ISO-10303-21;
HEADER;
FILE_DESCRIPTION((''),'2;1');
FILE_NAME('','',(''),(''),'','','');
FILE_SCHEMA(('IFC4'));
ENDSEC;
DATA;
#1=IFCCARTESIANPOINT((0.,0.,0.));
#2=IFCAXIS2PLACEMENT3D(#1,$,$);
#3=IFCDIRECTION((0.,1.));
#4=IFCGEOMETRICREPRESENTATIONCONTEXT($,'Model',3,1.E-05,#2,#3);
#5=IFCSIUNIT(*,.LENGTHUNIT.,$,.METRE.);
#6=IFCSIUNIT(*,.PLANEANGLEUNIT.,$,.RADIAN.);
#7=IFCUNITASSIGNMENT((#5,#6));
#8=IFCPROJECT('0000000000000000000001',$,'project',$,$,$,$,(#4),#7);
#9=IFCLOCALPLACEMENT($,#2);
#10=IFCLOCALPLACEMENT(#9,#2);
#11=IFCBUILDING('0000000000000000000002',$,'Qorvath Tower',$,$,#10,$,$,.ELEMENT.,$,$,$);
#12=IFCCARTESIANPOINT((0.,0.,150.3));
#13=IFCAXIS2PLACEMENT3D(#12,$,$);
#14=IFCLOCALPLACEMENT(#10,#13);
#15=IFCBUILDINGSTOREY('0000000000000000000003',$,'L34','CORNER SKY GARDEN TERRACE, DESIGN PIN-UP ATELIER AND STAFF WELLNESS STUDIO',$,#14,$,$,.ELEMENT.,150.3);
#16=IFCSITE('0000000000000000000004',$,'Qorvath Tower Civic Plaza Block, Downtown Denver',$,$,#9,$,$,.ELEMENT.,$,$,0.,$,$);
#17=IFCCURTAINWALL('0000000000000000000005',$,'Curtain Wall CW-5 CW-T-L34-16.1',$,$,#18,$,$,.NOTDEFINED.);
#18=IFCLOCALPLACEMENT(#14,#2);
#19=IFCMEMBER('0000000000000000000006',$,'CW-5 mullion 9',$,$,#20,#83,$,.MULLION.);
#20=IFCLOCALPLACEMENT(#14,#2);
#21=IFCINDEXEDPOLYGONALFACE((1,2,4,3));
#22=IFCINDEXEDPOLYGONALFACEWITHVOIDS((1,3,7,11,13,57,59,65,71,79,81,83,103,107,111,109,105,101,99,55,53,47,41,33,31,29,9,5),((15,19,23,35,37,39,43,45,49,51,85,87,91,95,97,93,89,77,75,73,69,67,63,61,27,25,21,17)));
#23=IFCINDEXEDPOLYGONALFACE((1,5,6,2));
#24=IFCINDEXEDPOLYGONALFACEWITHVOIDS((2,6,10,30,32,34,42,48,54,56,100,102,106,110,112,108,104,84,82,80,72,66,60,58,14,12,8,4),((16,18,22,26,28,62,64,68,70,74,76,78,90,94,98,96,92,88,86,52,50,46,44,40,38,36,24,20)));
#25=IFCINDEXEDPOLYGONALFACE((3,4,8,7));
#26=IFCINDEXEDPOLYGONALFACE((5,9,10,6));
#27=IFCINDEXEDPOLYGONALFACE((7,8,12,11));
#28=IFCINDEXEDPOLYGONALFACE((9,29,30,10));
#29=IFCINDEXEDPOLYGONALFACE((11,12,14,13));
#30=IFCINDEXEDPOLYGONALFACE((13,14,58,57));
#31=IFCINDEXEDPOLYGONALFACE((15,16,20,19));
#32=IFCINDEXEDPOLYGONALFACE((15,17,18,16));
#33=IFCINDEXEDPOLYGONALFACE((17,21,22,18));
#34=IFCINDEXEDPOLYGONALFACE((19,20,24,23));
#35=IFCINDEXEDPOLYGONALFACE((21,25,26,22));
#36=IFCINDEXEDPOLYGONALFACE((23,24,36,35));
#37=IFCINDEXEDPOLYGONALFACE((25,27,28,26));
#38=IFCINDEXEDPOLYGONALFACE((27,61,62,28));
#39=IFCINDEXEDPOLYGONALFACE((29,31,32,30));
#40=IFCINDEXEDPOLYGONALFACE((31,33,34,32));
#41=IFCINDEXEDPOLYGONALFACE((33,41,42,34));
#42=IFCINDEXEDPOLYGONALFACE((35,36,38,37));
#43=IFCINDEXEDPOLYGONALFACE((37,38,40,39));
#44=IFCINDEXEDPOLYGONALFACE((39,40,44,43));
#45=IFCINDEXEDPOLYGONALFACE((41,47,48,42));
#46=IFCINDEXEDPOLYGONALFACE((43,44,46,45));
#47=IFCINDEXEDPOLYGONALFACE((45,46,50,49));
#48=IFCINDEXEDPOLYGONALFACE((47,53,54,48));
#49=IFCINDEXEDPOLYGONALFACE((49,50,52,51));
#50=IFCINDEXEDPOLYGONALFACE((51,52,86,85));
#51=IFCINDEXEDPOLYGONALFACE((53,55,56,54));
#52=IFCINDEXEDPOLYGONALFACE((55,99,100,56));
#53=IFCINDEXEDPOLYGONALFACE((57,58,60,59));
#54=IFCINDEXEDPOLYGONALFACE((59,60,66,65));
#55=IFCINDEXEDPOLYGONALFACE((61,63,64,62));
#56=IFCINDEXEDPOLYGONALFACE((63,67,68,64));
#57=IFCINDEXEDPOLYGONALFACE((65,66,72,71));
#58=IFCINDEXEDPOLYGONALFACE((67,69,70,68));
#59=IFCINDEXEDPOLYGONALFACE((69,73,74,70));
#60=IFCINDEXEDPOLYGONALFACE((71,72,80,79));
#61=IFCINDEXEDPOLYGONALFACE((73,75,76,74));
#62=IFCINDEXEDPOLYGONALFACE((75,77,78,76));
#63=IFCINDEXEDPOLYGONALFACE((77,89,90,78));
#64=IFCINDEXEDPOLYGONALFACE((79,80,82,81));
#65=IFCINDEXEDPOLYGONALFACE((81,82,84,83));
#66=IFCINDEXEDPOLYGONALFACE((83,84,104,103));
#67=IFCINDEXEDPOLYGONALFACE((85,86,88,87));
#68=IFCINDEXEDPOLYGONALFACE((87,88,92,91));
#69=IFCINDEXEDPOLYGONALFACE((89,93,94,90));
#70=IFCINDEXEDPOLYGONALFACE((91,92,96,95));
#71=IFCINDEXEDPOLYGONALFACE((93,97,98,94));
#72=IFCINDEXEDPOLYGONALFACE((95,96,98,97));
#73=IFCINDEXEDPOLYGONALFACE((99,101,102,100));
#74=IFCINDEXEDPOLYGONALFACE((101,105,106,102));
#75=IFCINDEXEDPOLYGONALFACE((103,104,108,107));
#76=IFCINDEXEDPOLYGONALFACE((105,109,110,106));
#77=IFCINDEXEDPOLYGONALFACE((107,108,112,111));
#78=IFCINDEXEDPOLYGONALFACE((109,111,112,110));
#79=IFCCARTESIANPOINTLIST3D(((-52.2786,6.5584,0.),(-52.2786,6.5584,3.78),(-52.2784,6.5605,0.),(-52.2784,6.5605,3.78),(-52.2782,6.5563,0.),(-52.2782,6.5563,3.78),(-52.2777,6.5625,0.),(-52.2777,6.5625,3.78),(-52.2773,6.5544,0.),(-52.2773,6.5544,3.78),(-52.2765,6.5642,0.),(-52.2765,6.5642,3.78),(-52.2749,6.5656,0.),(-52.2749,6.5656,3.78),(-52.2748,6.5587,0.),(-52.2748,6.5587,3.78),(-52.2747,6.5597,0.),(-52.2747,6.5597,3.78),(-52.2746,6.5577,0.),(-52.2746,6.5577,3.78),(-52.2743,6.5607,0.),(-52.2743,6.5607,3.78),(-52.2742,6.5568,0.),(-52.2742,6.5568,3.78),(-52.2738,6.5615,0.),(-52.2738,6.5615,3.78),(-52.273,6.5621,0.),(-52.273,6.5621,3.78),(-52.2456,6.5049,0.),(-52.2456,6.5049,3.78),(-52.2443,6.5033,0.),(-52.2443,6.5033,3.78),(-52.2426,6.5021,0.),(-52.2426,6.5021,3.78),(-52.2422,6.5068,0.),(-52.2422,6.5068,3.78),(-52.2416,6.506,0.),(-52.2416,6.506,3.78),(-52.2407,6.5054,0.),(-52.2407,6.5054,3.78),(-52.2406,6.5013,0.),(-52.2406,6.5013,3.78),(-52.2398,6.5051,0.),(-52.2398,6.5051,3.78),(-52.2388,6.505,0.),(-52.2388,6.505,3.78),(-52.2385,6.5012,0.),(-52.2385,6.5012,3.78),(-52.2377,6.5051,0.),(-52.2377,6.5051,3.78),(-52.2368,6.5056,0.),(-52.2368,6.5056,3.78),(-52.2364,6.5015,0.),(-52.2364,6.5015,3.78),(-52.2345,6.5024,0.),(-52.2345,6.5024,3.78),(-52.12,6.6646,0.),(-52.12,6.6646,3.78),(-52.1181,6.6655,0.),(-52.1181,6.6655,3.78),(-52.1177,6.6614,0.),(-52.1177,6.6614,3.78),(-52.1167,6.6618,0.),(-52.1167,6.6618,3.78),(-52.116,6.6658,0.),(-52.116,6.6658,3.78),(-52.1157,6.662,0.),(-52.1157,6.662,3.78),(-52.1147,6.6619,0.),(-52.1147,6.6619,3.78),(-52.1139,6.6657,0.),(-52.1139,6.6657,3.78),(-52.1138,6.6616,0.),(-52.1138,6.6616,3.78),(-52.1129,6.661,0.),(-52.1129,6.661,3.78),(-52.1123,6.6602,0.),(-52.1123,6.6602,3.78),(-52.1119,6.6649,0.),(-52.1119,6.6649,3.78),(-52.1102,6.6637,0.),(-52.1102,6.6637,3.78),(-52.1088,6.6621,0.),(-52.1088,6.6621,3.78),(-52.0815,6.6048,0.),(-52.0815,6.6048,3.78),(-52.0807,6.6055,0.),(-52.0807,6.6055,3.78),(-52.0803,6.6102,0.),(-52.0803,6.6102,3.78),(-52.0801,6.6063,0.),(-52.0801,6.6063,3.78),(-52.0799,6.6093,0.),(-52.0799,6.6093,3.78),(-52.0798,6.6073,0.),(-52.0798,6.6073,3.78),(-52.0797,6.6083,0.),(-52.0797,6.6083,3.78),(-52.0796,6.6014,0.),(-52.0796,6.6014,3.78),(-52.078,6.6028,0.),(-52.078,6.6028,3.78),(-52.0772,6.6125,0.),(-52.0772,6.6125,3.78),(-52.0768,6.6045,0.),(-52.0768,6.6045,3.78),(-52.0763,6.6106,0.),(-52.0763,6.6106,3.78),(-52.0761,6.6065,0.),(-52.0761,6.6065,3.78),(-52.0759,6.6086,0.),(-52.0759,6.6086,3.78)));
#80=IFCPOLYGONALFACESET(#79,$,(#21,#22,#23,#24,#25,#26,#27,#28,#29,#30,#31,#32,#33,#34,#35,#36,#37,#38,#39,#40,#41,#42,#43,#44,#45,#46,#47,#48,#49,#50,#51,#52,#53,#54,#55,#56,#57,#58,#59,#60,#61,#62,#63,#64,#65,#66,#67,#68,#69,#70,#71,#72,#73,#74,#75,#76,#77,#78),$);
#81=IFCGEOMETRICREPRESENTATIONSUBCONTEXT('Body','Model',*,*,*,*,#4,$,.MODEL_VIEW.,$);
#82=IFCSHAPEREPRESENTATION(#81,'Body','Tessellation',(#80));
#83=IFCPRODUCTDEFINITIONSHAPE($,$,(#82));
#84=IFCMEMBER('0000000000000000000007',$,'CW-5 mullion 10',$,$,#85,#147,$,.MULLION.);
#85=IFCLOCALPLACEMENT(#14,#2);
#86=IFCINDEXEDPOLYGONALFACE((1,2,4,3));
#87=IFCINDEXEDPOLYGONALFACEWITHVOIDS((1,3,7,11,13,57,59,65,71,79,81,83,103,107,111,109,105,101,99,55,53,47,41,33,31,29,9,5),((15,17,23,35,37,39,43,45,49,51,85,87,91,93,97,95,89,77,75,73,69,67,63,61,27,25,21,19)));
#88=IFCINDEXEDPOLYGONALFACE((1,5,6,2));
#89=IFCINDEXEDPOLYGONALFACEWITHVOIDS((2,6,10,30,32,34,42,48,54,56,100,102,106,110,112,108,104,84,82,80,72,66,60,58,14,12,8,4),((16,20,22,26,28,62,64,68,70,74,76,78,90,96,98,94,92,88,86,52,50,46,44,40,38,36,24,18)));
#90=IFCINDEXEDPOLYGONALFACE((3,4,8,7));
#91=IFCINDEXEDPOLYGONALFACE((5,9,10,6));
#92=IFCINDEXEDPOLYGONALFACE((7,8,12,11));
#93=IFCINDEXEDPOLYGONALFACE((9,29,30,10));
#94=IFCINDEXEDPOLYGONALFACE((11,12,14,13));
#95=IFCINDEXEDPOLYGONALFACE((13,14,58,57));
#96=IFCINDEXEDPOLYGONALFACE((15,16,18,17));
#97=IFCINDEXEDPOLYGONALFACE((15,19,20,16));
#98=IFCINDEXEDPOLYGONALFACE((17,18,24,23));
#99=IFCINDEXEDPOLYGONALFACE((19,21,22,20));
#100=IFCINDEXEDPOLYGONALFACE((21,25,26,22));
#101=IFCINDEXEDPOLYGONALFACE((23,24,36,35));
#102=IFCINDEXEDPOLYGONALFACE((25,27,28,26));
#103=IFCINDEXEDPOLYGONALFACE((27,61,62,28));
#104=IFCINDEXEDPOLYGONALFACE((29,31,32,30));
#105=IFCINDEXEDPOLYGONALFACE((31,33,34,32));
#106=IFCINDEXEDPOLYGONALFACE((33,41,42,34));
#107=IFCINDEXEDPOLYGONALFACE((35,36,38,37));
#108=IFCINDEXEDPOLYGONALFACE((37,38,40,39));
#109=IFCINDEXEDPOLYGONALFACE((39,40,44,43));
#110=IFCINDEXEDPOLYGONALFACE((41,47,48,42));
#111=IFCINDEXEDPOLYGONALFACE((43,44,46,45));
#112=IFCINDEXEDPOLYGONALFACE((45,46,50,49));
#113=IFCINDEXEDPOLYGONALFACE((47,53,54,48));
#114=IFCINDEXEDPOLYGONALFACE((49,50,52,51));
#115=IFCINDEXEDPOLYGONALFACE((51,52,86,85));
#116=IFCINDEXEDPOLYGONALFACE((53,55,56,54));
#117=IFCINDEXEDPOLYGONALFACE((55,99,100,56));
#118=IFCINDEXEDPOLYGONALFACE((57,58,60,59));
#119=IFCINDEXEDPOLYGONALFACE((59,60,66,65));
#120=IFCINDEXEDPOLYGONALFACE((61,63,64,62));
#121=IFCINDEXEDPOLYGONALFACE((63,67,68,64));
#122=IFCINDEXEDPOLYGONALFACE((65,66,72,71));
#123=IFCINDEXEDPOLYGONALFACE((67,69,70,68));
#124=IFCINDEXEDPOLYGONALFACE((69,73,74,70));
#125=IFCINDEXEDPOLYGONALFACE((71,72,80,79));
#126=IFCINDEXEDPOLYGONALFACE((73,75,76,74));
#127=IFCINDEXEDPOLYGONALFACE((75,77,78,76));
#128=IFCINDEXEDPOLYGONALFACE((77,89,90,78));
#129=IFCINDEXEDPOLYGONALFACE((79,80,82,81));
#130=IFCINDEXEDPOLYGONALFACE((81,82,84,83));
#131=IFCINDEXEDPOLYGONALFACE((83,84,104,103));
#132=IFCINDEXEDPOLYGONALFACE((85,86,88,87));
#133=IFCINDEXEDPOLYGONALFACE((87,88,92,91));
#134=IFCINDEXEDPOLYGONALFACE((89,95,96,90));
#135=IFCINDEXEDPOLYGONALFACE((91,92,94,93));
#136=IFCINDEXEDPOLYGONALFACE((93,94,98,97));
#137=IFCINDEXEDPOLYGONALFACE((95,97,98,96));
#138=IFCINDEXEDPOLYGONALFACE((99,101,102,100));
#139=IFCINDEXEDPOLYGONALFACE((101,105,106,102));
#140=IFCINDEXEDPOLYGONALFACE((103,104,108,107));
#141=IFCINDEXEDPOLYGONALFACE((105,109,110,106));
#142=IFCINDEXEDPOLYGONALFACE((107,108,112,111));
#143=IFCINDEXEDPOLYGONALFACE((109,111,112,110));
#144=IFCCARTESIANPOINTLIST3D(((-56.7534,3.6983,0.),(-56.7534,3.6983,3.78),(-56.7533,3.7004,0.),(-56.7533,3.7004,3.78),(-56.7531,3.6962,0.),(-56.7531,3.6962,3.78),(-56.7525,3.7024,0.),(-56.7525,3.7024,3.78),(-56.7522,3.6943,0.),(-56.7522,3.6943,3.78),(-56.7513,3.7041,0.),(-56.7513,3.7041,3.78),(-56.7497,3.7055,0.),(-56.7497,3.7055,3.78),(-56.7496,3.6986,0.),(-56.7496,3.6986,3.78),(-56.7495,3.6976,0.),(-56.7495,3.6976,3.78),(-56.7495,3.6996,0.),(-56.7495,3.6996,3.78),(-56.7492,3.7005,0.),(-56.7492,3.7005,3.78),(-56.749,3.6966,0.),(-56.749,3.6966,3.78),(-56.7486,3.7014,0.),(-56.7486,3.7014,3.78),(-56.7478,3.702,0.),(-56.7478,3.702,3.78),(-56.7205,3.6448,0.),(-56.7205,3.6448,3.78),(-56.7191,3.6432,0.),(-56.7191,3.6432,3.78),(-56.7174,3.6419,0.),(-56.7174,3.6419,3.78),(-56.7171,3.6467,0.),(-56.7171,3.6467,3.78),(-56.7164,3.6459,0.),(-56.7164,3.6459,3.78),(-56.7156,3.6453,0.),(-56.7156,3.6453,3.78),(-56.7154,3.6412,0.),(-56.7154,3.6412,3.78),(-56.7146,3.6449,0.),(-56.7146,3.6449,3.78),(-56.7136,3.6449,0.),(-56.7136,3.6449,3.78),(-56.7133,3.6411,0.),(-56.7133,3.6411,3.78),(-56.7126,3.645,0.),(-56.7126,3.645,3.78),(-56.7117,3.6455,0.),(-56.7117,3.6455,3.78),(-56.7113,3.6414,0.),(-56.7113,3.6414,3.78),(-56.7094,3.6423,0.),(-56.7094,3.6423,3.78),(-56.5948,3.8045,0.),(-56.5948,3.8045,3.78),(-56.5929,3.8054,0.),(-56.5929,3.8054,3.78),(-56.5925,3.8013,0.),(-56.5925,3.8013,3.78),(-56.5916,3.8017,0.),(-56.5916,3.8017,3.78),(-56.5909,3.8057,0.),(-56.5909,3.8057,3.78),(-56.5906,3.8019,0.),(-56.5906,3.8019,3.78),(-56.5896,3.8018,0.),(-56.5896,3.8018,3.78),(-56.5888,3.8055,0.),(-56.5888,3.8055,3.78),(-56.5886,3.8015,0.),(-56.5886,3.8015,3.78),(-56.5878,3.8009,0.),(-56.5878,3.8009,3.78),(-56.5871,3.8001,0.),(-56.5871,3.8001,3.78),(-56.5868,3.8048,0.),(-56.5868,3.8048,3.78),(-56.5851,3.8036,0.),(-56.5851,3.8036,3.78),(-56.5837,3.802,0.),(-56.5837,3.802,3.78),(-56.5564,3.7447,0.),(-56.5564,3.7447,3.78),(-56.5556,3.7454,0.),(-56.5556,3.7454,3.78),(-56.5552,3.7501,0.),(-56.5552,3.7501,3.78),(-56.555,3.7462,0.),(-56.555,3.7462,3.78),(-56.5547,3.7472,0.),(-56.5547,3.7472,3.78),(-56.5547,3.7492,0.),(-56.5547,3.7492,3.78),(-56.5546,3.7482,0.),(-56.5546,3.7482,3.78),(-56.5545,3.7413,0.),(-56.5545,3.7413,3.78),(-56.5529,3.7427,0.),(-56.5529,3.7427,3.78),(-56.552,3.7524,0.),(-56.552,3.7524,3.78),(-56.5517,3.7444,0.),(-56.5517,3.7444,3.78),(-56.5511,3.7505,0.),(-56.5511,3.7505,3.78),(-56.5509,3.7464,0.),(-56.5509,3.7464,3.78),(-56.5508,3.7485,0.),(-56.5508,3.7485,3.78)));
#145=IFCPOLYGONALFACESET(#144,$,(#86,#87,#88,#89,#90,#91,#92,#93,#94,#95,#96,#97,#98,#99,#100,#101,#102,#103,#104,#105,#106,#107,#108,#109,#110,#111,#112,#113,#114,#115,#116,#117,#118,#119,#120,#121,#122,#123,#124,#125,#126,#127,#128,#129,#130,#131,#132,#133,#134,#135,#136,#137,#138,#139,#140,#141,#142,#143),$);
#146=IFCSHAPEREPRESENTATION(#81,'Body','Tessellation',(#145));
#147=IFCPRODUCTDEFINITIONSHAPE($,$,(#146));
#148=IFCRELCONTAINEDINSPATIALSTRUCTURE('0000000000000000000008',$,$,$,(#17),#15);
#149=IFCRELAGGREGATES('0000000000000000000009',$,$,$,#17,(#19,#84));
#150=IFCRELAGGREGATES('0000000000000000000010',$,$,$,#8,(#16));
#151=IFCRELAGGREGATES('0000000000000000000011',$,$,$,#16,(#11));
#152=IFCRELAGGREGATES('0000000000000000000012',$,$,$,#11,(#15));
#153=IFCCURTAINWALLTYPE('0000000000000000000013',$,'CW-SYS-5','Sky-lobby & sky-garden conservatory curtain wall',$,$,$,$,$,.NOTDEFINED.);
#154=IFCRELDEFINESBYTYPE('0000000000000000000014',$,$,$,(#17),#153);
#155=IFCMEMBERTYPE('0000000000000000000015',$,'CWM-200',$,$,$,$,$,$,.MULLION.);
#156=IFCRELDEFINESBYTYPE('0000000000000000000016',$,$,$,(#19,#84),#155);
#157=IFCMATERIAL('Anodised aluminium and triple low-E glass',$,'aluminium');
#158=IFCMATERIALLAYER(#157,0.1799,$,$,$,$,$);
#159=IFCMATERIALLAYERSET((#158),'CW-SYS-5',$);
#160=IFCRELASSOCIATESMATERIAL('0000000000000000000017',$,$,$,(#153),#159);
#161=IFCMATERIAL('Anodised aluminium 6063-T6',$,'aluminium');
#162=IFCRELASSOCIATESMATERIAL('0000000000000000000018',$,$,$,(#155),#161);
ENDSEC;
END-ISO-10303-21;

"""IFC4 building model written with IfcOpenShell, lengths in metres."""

from ifc_helpers import new_model, si_unit, direction, frame, origin, origin_2d, place, context, subcontext, project, spatial, hollow_rectangle, extrude, material, layer, layer_set, material_profile, profile_set, type_object, element, aggregate, save


model = new_model("IFC4")

# Units and contexts
model_context = context("Model", 3, precision=1e-05, world=origin(), true_north=direction((0.0, 1.0)))
body_context = subcontext(model_context, "Body", "Model", "MODEL_VIEW")
ifc_project = project(units=[si_unit("LENGTHUNIT", "METRE"), si_unit("PLANEANGLEUNIT", "RADIAN")], contexts=[model_context])

# Site, building, storey
site_placement = place(None, origin())
site = spatial("IfcSite", under=ifc_project, at=site_placement, Name="Qorvath Tower Civic Plaza Block, Downtown Denver", CompositionType="ELEMENT", RefElevation=0.0)
building_placement = place(site_placement, origin())
building = spatial("IfcBuilding", under=site, at=building_placement, Name="Qorvath Tower", CompositionType="ELEMENT")
storey_placement = place(building_placement, frame((0.0, 0.0, 150.3)))
storey = spatial("IfcBuildingStorey", under=building, at=storey_placement, Name="L34", Description="CORNER SKY GARDEN TERRACE, DESIGN PIN-UP ATELIER AND STAFF WELLNESS STUDIO", CompositionType="ELEMENT", Elevation=150.3)

# Curtain wall, members
ifc_material_1 = material(Name="Anodised aluminium and triple low-E glass", Category="aluminium")
ifc_layer_1 = layer(ifc_material_1, 0.1799)
ifc_layer_set_1 = layer_set([ifc_layer_1], Name="CW-SYS-5")
curtain_wall_type = type_object("IfcCurtainWallType", Name="CW-SYS-5", Description="Sky-lobby & sky-garden conservatory curtain wall", PredefinedType="NOTDEFINED", material=ifc_layer_set_1)
curtain_wall_1_placement = place(storey_placement, origin())
curtain_wall_1 = element("IfcCurtainWall", 1, at=curtain_wall_1_placement, inside=storey, type_object=curtain_wall_type, Name="Curtain Wall CW-5 CW-T-L34-16.1", PredefinedType="NOTDEFINED")
ifc_material_2 = material(Name="Anodised aluminium 6063-T6", Category="aluminium")
ifc_material_profile_1 = material_profile(ifc_material_2, hollow_rectangle(XDim=0.075, YDim=0.2, WallThickness=0.0039, InnerFilletRadius=0.0039, OuterFilletRadius=0.0081, at=origin_2d()), Name="CWM 200x75")
ifc_profile_set_1 = profile_set([ifc_material_profile_1], Name="Anodised aluminium 6063-T6")
member_type_1 = type_object("IfcMemberType", Name="CWM-200", PredefinedType="MULLION", material=ifc_profile_set_1)
member_1_placement = place(storey_placement, frame((-52.1772, 6.5835, 0.0), z_axis=(0.0, 0.0, 1.0), x_axis=(0.538535, -0.842603, 0.0)))
member_1 = element("IfcMember", 2, at=member_1_placement, type_object=member_type_1, Name="CW-5 mullion 9", PredefinedType="MULLION", context=body_context, shape_type="SweptSolid", body=[
    extrude(hollow_rectangle(XDim=0.075, YDim=0.2, WallThickness=0.0039, InnerFilletRadius=0.0039, OuterFilletRadius=0.0081, at=origin_2d()), origin(), (0.0, 0.0, 1.0), 3.78),
])
member_2_placement = place(storey_placement, frame((-56.6521, 3.7234, 0.0), z_axis=(0.0, 0.0, 1.0), x_axis=(0.538535, -0.842603, 0.0)))
member_2 = element("IfcMember", 3, at=member_2_placement, type_object=member_type_1, Name="CW-5 mullion 10", PredefinedType="MULLION", context=body_context, shape_type="SweptSolid", body=[
    extrude(hollow_rectangle(XDim=0.075, YDim=0.2, WallThickness=0.0039, InnerFilletRadius=0.0039, OuterFilletRadius=0.0081, at=origin_2d()), origin(), (0.0, 0.0, 1.0), 3.78),
])

aggregate(curtain_wall_1, [member_1, member_2])

save(model, "model.ifc")
